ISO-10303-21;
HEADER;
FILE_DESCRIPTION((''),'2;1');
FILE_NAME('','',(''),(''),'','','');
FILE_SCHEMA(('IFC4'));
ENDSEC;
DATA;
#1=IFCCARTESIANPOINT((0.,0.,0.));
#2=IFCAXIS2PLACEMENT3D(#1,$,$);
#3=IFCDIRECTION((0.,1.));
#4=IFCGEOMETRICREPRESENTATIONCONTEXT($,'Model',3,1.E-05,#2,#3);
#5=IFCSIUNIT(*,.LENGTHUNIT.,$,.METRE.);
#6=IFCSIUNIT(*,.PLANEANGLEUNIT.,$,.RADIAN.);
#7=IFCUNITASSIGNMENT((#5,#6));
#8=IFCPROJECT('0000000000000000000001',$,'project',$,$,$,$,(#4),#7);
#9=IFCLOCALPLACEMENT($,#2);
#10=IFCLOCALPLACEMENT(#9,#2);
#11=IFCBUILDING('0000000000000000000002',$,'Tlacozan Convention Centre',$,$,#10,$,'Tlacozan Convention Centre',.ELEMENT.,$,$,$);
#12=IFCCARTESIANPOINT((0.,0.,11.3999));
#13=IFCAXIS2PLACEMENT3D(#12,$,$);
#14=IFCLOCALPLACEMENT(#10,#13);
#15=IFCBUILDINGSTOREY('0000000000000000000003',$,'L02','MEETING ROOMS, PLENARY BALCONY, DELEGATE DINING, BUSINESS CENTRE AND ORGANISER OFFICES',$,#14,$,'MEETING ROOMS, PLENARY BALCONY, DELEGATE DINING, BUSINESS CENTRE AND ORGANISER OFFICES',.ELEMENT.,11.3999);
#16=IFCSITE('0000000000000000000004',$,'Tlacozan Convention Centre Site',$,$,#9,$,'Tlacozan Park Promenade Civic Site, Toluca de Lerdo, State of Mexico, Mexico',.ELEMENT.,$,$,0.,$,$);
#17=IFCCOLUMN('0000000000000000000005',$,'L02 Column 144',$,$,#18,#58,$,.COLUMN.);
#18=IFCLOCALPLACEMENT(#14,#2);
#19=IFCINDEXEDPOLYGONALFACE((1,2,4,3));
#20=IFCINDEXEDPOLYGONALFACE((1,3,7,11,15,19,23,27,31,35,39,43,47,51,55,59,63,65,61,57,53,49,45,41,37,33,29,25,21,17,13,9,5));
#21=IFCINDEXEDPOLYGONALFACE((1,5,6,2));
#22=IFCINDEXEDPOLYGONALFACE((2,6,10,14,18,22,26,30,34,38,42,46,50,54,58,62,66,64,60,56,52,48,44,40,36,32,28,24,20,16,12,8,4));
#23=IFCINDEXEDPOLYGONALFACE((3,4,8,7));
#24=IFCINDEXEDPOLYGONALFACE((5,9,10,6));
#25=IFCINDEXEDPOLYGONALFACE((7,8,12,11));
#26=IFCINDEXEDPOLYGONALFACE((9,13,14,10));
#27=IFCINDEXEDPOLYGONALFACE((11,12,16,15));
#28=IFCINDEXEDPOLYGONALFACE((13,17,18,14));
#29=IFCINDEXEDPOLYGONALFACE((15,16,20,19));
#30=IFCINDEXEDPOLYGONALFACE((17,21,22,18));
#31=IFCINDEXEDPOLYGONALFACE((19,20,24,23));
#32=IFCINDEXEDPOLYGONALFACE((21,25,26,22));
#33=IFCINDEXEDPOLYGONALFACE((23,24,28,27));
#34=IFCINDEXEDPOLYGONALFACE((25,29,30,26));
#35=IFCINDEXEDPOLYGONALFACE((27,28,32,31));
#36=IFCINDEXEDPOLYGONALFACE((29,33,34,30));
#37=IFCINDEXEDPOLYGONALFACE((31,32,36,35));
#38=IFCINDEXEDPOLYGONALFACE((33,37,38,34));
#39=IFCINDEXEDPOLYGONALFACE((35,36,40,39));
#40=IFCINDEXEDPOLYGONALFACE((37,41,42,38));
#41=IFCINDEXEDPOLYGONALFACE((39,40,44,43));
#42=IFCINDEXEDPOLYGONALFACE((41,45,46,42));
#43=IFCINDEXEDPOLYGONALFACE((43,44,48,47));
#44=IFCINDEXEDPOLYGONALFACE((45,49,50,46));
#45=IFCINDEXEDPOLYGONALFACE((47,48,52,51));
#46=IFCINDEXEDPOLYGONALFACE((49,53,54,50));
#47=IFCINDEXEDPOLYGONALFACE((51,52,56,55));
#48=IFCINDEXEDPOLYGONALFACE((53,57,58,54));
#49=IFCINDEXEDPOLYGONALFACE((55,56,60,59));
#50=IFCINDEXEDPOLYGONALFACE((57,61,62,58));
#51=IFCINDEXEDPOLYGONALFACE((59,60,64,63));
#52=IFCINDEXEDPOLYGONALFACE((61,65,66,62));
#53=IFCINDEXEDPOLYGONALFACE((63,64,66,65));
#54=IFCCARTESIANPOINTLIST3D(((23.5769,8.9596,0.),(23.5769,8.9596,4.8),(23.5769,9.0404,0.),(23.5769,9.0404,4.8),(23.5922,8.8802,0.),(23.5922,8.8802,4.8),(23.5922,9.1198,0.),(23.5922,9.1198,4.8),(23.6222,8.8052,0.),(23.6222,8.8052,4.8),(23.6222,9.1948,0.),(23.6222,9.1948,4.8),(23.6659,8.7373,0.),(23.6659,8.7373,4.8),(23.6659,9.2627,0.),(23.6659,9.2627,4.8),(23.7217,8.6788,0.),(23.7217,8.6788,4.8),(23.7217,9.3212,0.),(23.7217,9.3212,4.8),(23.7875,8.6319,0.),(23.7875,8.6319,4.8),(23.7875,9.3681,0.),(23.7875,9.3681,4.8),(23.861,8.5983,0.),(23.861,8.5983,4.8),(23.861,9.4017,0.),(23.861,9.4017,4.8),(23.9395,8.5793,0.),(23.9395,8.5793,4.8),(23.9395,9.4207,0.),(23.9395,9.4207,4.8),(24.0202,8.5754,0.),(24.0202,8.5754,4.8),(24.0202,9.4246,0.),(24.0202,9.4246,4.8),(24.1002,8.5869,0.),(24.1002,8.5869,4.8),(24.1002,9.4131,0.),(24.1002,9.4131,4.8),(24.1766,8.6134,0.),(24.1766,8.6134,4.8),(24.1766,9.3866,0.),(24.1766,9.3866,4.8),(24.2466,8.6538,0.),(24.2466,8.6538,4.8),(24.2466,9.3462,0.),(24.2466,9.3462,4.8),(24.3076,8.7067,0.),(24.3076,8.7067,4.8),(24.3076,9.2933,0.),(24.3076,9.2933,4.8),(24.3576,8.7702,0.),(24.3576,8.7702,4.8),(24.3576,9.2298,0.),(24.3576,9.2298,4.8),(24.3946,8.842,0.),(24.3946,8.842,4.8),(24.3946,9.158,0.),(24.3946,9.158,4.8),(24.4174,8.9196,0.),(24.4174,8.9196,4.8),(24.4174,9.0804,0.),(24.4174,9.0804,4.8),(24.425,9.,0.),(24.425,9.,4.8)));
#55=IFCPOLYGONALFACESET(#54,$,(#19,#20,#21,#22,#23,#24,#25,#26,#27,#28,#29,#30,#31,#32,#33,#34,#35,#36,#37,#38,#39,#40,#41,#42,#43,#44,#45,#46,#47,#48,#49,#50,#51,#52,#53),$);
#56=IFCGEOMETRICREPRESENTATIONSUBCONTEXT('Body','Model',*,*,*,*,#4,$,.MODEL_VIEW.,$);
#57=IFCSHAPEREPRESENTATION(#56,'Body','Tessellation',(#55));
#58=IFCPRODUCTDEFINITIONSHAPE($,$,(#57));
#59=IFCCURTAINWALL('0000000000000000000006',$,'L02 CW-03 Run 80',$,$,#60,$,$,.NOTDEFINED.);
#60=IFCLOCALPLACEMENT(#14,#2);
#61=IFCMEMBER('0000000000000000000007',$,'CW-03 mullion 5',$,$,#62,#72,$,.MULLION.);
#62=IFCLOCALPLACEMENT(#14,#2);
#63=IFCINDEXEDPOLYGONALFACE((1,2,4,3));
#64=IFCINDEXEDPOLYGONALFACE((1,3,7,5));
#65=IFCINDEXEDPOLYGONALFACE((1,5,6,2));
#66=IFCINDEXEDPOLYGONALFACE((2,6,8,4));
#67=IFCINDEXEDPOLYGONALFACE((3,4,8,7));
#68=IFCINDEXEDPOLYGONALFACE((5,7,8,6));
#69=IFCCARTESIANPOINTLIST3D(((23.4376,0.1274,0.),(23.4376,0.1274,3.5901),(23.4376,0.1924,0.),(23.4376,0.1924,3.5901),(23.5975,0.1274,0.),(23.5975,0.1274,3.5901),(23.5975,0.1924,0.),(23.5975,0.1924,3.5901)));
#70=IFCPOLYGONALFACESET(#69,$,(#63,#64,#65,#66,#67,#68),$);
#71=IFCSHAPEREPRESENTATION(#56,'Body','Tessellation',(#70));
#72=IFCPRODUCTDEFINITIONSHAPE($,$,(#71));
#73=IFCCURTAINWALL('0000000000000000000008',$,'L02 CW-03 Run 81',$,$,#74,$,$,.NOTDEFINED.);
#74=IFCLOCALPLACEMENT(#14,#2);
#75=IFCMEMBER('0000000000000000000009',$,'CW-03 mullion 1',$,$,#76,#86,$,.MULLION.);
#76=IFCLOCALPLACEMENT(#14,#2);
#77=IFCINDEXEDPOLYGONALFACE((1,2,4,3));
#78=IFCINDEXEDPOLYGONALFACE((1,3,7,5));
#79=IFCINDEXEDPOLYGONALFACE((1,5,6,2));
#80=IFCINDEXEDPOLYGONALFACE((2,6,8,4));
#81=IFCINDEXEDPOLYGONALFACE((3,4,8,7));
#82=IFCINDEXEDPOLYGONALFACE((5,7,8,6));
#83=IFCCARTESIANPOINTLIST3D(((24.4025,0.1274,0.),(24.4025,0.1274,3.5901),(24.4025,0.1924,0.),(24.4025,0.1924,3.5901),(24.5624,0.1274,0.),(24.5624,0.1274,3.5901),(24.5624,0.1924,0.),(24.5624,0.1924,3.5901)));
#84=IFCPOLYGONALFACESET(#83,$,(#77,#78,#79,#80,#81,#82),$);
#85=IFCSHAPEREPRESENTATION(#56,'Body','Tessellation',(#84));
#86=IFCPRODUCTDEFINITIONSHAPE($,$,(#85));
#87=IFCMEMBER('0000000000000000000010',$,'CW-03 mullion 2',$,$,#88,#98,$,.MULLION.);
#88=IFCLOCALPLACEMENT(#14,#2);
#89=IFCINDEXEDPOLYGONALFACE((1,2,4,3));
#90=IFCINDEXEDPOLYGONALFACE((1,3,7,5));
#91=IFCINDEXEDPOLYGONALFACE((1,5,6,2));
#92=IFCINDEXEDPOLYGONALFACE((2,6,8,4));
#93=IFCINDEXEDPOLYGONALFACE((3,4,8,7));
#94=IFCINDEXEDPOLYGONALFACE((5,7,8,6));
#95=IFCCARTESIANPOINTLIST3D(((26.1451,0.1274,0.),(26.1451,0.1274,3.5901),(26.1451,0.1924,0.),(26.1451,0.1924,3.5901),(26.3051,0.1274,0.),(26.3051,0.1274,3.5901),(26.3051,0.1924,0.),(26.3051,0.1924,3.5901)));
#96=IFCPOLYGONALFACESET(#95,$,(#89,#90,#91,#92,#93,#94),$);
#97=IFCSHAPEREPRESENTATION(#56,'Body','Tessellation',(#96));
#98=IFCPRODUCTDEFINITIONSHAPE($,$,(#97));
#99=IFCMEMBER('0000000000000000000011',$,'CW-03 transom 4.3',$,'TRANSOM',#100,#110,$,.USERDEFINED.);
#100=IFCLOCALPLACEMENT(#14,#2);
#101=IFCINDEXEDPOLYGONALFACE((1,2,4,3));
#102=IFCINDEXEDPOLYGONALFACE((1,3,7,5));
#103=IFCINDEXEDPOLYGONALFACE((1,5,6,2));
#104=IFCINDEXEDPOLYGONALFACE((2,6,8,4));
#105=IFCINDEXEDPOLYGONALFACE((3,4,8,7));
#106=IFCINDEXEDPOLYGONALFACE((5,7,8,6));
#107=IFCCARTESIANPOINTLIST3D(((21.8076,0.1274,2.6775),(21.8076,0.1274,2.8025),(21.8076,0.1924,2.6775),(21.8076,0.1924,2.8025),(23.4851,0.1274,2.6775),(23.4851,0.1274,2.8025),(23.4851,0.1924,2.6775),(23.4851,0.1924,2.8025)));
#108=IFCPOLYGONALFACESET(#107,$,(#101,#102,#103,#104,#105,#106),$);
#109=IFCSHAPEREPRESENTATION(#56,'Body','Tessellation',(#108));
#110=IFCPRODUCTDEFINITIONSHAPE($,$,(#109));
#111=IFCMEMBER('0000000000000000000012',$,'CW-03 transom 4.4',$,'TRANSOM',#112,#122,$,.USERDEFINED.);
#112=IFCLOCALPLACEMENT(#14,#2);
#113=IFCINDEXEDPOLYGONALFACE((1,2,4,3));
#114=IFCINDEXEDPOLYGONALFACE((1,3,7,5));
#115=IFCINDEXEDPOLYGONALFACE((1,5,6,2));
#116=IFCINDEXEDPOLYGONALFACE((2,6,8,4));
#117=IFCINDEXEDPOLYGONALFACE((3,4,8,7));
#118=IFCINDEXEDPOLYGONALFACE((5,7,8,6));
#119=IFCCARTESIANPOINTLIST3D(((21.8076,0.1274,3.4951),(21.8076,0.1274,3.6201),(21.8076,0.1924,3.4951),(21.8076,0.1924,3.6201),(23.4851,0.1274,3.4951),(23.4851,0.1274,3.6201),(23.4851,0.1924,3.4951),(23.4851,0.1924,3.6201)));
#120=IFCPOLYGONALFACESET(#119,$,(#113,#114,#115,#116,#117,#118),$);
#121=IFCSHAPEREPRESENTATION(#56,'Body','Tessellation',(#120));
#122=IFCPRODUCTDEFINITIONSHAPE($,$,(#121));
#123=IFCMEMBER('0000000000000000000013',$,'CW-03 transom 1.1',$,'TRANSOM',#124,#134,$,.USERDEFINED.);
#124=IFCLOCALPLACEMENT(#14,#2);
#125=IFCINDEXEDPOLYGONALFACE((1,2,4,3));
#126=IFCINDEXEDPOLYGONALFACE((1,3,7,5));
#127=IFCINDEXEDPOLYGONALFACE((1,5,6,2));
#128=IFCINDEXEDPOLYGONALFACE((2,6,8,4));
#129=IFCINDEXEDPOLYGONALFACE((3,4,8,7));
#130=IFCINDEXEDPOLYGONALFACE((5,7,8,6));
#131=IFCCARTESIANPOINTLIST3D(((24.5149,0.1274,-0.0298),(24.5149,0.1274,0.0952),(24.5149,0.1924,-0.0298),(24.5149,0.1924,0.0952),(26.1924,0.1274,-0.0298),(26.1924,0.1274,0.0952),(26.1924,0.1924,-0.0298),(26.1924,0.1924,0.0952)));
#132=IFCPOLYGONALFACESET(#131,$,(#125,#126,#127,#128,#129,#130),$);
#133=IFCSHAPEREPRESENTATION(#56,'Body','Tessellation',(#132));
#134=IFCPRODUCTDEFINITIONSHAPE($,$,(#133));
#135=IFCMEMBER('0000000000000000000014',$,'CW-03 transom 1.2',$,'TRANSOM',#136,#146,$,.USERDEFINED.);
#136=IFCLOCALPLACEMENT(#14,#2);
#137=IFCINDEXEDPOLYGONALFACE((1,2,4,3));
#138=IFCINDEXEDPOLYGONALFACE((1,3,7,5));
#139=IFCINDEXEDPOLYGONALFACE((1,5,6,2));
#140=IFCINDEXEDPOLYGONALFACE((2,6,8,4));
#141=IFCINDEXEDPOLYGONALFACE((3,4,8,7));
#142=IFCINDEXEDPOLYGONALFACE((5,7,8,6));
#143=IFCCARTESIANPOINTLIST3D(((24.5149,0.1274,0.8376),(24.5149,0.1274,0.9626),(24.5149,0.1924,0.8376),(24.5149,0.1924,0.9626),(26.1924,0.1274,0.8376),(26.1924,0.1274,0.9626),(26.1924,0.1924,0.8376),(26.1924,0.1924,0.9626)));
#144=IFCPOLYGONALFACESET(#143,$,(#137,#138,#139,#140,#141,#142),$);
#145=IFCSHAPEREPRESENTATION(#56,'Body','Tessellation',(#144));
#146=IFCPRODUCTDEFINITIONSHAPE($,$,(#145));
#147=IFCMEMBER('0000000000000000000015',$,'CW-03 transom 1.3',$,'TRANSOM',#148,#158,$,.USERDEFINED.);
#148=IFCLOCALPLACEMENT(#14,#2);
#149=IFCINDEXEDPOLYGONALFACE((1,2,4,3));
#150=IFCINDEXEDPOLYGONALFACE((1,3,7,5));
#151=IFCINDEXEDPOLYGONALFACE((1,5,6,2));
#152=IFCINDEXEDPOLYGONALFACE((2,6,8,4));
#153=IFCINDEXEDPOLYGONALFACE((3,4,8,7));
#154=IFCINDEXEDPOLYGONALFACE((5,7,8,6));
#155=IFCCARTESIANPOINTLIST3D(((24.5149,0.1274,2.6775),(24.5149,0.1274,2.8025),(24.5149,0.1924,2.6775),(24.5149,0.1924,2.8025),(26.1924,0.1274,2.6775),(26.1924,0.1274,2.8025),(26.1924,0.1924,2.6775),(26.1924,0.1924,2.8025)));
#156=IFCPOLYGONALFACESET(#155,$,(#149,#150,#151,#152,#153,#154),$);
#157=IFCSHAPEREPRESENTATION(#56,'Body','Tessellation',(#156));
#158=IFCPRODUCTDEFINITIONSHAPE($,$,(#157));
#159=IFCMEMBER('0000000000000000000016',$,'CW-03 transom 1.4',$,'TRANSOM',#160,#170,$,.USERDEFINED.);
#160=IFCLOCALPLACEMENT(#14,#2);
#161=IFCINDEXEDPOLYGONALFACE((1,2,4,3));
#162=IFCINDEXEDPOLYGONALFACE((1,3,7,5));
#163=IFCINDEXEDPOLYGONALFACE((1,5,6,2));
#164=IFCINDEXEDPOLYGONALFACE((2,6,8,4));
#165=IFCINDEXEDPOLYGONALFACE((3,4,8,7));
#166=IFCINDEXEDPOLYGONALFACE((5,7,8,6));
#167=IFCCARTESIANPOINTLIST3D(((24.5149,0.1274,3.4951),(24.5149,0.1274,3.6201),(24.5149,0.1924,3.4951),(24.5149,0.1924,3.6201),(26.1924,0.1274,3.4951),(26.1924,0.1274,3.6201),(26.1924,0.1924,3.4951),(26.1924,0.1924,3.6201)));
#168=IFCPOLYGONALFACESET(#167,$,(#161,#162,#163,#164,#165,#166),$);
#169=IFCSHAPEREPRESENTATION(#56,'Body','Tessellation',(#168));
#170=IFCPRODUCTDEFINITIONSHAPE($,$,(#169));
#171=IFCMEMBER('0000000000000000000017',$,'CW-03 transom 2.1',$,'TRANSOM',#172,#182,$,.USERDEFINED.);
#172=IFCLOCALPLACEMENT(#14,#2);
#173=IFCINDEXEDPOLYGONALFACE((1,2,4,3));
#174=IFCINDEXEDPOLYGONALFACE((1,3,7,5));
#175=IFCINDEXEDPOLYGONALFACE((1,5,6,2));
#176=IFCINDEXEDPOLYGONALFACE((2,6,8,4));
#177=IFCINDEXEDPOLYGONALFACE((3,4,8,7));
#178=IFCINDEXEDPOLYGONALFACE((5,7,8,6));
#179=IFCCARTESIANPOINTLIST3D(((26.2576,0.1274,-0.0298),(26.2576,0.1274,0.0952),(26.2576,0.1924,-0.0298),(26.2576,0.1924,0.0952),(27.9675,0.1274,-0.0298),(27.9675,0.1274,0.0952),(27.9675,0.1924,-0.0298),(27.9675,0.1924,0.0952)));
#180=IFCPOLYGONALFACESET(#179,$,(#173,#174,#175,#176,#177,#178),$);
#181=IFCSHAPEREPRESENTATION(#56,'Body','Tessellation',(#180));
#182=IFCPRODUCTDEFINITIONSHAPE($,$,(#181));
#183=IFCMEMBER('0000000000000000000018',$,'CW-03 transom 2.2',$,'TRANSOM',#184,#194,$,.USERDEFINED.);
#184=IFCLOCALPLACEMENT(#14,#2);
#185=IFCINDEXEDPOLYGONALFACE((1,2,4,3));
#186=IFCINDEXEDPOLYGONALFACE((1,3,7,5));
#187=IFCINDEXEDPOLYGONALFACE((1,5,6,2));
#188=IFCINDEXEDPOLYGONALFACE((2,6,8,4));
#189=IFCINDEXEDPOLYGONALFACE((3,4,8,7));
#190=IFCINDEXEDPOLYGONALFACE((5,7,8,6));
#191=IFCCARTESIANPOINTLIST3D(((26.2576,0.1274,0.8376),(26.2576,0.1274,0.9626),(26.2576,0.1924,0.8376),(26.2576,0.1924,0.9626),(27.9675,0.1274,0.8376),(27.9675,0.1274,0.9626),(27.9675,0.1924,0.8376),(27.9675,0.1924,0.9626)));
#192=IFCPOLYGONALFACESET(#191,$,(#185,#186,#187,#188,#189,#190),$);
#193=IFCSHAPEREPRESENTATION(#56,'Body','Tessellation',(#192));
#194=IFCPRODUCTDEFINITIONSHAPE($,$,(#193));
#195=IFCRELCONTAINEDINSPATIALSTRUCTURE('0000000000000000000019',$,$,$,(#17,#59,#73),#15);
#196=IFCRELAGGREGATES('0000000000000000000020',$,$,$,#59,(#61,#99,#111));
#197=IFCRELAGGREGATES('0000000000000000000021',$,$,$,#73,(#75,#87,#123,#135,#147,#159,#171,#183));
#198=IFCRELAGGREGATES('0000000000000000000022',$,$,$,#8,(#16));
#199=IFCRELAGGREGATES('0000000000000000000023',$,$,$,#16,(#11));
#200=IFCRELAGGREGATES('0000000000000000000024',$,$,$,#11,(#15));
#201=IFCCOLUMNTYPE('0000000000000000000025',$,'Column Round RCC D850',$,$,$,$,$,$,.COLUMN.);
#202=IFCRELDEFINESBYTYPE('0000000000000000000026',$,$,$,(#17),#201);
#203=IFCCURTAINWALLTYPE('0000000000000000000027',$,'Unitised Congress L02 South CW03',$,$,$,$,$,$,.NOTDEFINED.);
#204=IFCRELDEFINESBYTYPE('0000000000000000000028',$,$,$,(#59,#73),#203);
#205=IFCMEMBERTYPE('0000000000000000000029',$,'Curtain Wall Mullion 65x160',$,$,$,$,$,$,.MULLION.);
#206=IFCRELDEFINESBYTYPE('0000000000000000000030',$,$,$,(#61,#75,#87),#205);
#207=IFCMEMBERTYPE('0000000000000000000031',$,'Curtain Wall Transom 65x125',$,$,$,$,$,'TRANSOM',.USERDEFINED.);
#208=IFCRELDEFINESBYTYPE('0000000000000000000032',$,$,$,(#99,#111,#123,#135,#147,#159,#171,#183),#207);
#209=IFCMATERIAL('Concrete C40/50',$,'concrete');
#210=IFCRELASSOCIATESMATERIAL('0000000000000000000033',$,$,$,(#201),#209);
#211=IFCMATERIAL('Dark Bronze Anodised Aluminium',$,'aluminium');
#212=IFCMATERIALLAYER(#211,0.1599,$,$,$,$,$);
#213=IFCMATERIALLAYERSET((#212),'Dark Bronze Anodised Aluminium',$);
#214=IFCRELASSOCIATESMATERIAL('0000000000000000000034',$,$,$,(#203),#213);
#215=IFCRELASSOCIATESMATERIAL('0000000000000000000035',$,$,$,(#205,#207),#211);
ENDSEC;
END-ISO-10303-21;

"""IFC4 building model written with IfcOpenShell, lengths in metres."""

from ifc_helpers import new_model, si_unit, direction, frame, origin, origin_2d, place, context, subcontext, project, spatial, rectangle, circle, extrude, material, layer, layer_set, material_profile, profile_set, type_object, element, aggregate, save


model = new_model("IFC4")

# Units and contexts
model_context = context("Model", 3, precision=1e-05, world=origin(), true_north=direction((0.0, 1.0)))
body_context = subcontext(model_context, "Body", "Model", "MODEL_VIEW")
ifc_project = project(units=[si_unit("LENGTHUNIT", "METRE"), si_unit("PLANEANGLEUNIT", "RADIAN")], contexts=[model_context])

# Site, building, storey
site_placement = place(None, origin())
site = spatial("IfcSite", under=ifc_project, at=site_placement, Name="Tlacozan Convention Centre Site", LongName="Tlacozan Park Promenade Civic Site, Toluca de Lerdo, State of Mexico, Mexico", CompositionType="ELEMENT", RefElevation=0.0)
building_placement = place(site_placement, origin())
building = spatial("IfcBuilding", under=site, at=building_placement, Name="Tlacozan Convention Centre", LongName="Tlacozan Convention Centre", CompositionType="ELEMENT")
storey_placement = place(building_placement, frame((0.0, 0.0, 11.3999)))
storey = spatial("IfcBuildingStorey", under=building, at=storey_placement, Name="L02", Description="MEETING ROOMS, PLENARY BALCONY, DELEGATE DINING, BUSINESS CENTRE AND ORGANISER OFFICES", LongName="MEETING ROOMS, PLENARY BALCONY, DELEGATE DINING, BUSINESS CENTRE AND ORGANISER OFFICES", CompositionType="ELEMENT", Elevation=11.3999)

# Column
ifc_material_1 = material(Name="Concrete C40/50", Category="concrete")
ifc_material_profile_1 = material_profile(ifc_material_1, circle(Radius=0.425, at=origin_2d()), Name="RCC D850")
ifc_profile_set_1 = profile_set([ifc_material_profile_1], Name="Concrete C40/50")
column_type = type_object("IfcColumnType", Name="Column Round RCC D850", PredefinedType="COLUMN", material=ifc_profile_set_1)
column_placement = place(storey_placement, frame((24.0, 9.0, 0.0), z_axis=(0.0, 0.0, 1.0), x_axis=(1.0, 0.0, 0.0)))
element("IfcColumn", 1, at=column_placement, inside=storey, type_object=column_type, Name="L02 Column 144", PredefinedType="COLUMN", context=body_context, shape_type="SweptSolid", body=[
    extrude(circle(Radius=0.425, at=origin_2d()), origin(), (0.0, 0.0, 1.0), 4.8),
])

# Curtain wall, member
ifc_material_2 = material(Name="Dark Bronze Anodised Aluminium", Category="aluminium")
ifc_layer_1 = layer(ifc_material_2, 0.1599)
ifc_layer_set_1 = layer_set([ifc_layer_1], Name="Dark Bronze Anodised Aluminium")
curtain_wall_type = type_object("IfcCurtainWallType", Name="Unitised Congress L02 South CW03", PredefinedType="NOTDEFINED", material=ifc_layer_set_1)
curtain_wall_1_placement = place(storey_placement, origin())
curtain_wall_1 = element("IfcCurtainWall", 2, at=curtain_wall_1_placement, inside=storey, type_object=curtain_wall_type, Name="L02 CW-03 Run 80", PredefinedType="NOTDEFINED")
ifc_material_profile_2 = material_profile(ifc_material_2, rectangle(XDim=0.0649, YDim=0.1599, at=origin_2d()), Name="ALU 65x160")
ifc_profile_set_2 = profile_set([ifc_material_profile_2], Name="Dark Bronze Anodised Aluminium")
member_type_1 = type_object("IfcMemberType", Name="Curtain Wall Mullion 65x160", PredefinedType="MULLION", material=ifc_profile_set_2)
member_1_placement = place(storey_placement, frame((23.5176, 0.1599, 0.0), z_axis=(0.0, 0.0, 1.0), x_axis=(0.0, 1.0, 0.0)))
member_1 = element("IfcMember", 3, at=member_1_placement, type_object=member_type_1, Name="CW-03 mullion 5", PredefinedType="MULLION", context=body_context, shape_type="SweptSolid", body=[
    extrude(rectangle(XDim=0.0649, YDim=0.1599, at=origin_2d()), origin(), (0.0, 0.0, 1.0), 3.5901),
])

# Curtain wall, members
curtain_wall_2_placement = place(storey_placement, origin())
curtain_wall_2 = element("IfcCurtainWall", 4, at=curtain_wall_2_placement, inside=storey, type_object=curtain_wall_type, Name="L02 CW-03 Run 81", PredefinedType="NOTDEFINED")
member_2_placement = place(storey_placement, frame((24.4824, 0.1599, 0.0), z_axis=(0.0, 0.0, 1.0), x_axis=(0.0, 1.0, 0.0)))
member_2 = element("IfcMember", 5, at=member_2_placement, type_object=member_type_1, Name="CW-03 mullion 1", PredefinedType="MULLION", context=body_context, shape_type="SweptSolid", body=[
    extrude(rectangle(XDim=0.0649, YDim=0.1599, at=origin_2d()), origin(), (0.0, 0.0, 1.0), 3.5901),
])
member_3_placement = place(storey_placement, frame((26.2251, 0.1599, 0.0), z_axis=(0.0, 0.0, 1.0), x_axis=(0.0, 1.0, 0.0)))
member_3 = element("IfcMember", 6, at=member_3_placement, type_object=member_type_1, Name="CW-03 mullion 2", PredefinedType="MULLION", context=body_context, shape_type="SweptSolid", body=[
    extrude(rectangle(XDim=0.0649, YDim=0.1599, at=origin_2d()), origin(), (0.0, 0.0, 1.0), 3.5901),
])

# Members
ifc_material_profile_3 = material_profile(ifc_material_2, rectangle(XDim=0.0649, YDim=0.125, at=origin_2d()), Name="ALU 65x125")
ifc_profile_set_3 = profile_set([ifc_material_profile_3], Name="Dark Bronze Anodised Aluminium")
member_type_2 = type_object("IfcMemberType", Name="Curtain Wall Transom 65x125", ElementType="TRANSOM", PredefinedType="USERDEFINED", material=ifc_profile_set_3)
member_4_placement = place(storey_placement, frame((21.8076, 0.1599, 2.74), z_axis=(1.0, 0.0, 0.0), x_axis=(0.0, 1.0, 0.0)))
member_4 = element("IfcMember", 7, at=member_4_placement, type_object=member_type_2, Name="CW-03 transom 4.3", ObjectType="TRANSOM", PredefinedType="USERDEFINED", context=body_context, shape_type="SweptSolid", body=[
    extrude(rectangle(XDim=0.0649, YDim=0.125, at=origin_2d()), origin(), (0.0, 0.0, 1.0), 1.6775),
])
member_5_placement = place(storey_placement, frame((21.8076, 0.1599, 3.5576), z_axis=(1.0, 0.0, 0.0), x_axis=(0.0, 1.0, 0.0)))
member_5 = element("IfcMember", 8, at=member_5_placement, type_object=member_type_2, Name="CW-03 transom 4.4", ObjectType="TRANSOM", PredefinedType="USERDEFINED", context=body_context, shape_type="SweptSolid", body=[
    extrude(rectangle(XDim=0.0649, YDim=0.125, at=origin_2d()), origin(), (0.0, 0.0, 1.0), 1.6775),
])
member_6_placement = place(storey_placement, frame((24.5149, 0.1599, 0.0327), z_axis=(1.0, 0.0, 0.0), x_axis=(0.0, 1.0, 0.0)))
member_6 = element("IfcMember", 9, at=member_6_placement, type_object=member_type_2, Name="CW-03 transom 1.1", ObjectType="TRANSOM", PredefinedType="USERDEFINED", context=body_context, shape_type="SweptSolid", body=[
    extrude(rectangle(XDim=0.0649, YDim=0.125, at=origin_2d()), origin(), (0.0, 0.0, 1.0), 1.6775),
])
member_7_placement = place(storey_placement, frame((24.5149, 0.1599, 0.9001), z_axis=(1.0, 0.0, 0.0), x_axis=(0.0, 1.0, 0.0)))
member_7 = element("IfcMember", 10, at=member_7_placement, type_object=member_type_2, Name="CW-03 transom 1.2", ObjectType="TRANSOM", PredefinedType="USERDEFINED", context=body_context, shape_type="SweptSolid", body=[
    extrude(rectangle(XDim=0.0649, YDim=0.125, at=origin_2d()), origin(), (0.0, 0.0, 1.0), 1.6775),
])
member_8_placement = place(storey_placement, frame((24.5149, 0.1599, 2.74), z_axis=(1.0, 0.0, 0.0), x_axis=(0.0, 1.0, 0.0)))
member_8 = element("IfcMember", 11, at=member_8_placement, type_object=member_type_2, Name="CW-03 transom 1.3", ObjectType="TRANSOM", PredefinedType="USERDEFINED", context=body_context, shape_type="SweptSolid", body=[
    extrude(rectangle(XDim=0.0649, YDim=0.125, at=origin_2d()), origin(), (0.0, 0.0, 1.0), 1.6775),
])
member_9_placement = place(storey_placement, frame((24.5149, 0.1599, 3.5576), z_axis=(1.0, 0.0, 0.0), x_axis=(0.0, 1.0, 0.0)))
member_9 = element("IfcMember", 12, at=member_9_placement, type_object=member_type_2, Name="CW-03 transom 1.4", ObjectType="TRANSOM", PredefinedType="USERDEFINED", context=body_context, shape_type="SweptSolid", body=[
    extrude(rectangle(XDim=0.0649, YDim=0.125, at=origin_2d()), origin(), (0.0, 0.0, 1.0), 1.6775),
])
member_10_placement = place(storey_placement, frame((26.2576, 0.1599, 0.0327), z_axis=(1.0, 0.0, 0.0), x_axis=(0.0, 1.0, 0.0)))
member_10 = element("IfcMember", 13, at=member_10_placement, type_object=member_type_2, Name="CW-03 transom 2.1", ObjectType="TRANSOM", PredefinedType="USERDEFINED", context=body_context, shape_type="SweptSolid", body=[
    extrude(rectangle(XDim=0.0649, YDim=0.125, at=origin_2d()), origin(), (0.0, 0.0, 1.0), 1.71),
])
member_11_placement = place(storey_placement, frame((26.2576, 0.1599, 0.9001), z_axis=(1.0, 0.0, 0.0), x_axis=(0.0, 1.0, 0.0)))
member_11 = element("IfcMember", 14, at=member_11_placement, type_object=member_type_2, Name="CW-03 transom 2.2", ObjectType="TRANSOM", PredefinedType="USERDEFINED", context=body_context, shape_type="SweptSolid", body=[
    extrude(rectangle(XDim=0.0649, YDim=0.125, at=origin_2d()), origin(), (0.0, 0.0, 1.0), 1.71),
])

aggregate(curtain_wall_1, [member_1, member_4, member_5])
aggregate(curtain_wall_2, [member_2, member_3, member_6, member_7, member_8, member_9, member_10, member_11])

save(model, "model.ifc")
